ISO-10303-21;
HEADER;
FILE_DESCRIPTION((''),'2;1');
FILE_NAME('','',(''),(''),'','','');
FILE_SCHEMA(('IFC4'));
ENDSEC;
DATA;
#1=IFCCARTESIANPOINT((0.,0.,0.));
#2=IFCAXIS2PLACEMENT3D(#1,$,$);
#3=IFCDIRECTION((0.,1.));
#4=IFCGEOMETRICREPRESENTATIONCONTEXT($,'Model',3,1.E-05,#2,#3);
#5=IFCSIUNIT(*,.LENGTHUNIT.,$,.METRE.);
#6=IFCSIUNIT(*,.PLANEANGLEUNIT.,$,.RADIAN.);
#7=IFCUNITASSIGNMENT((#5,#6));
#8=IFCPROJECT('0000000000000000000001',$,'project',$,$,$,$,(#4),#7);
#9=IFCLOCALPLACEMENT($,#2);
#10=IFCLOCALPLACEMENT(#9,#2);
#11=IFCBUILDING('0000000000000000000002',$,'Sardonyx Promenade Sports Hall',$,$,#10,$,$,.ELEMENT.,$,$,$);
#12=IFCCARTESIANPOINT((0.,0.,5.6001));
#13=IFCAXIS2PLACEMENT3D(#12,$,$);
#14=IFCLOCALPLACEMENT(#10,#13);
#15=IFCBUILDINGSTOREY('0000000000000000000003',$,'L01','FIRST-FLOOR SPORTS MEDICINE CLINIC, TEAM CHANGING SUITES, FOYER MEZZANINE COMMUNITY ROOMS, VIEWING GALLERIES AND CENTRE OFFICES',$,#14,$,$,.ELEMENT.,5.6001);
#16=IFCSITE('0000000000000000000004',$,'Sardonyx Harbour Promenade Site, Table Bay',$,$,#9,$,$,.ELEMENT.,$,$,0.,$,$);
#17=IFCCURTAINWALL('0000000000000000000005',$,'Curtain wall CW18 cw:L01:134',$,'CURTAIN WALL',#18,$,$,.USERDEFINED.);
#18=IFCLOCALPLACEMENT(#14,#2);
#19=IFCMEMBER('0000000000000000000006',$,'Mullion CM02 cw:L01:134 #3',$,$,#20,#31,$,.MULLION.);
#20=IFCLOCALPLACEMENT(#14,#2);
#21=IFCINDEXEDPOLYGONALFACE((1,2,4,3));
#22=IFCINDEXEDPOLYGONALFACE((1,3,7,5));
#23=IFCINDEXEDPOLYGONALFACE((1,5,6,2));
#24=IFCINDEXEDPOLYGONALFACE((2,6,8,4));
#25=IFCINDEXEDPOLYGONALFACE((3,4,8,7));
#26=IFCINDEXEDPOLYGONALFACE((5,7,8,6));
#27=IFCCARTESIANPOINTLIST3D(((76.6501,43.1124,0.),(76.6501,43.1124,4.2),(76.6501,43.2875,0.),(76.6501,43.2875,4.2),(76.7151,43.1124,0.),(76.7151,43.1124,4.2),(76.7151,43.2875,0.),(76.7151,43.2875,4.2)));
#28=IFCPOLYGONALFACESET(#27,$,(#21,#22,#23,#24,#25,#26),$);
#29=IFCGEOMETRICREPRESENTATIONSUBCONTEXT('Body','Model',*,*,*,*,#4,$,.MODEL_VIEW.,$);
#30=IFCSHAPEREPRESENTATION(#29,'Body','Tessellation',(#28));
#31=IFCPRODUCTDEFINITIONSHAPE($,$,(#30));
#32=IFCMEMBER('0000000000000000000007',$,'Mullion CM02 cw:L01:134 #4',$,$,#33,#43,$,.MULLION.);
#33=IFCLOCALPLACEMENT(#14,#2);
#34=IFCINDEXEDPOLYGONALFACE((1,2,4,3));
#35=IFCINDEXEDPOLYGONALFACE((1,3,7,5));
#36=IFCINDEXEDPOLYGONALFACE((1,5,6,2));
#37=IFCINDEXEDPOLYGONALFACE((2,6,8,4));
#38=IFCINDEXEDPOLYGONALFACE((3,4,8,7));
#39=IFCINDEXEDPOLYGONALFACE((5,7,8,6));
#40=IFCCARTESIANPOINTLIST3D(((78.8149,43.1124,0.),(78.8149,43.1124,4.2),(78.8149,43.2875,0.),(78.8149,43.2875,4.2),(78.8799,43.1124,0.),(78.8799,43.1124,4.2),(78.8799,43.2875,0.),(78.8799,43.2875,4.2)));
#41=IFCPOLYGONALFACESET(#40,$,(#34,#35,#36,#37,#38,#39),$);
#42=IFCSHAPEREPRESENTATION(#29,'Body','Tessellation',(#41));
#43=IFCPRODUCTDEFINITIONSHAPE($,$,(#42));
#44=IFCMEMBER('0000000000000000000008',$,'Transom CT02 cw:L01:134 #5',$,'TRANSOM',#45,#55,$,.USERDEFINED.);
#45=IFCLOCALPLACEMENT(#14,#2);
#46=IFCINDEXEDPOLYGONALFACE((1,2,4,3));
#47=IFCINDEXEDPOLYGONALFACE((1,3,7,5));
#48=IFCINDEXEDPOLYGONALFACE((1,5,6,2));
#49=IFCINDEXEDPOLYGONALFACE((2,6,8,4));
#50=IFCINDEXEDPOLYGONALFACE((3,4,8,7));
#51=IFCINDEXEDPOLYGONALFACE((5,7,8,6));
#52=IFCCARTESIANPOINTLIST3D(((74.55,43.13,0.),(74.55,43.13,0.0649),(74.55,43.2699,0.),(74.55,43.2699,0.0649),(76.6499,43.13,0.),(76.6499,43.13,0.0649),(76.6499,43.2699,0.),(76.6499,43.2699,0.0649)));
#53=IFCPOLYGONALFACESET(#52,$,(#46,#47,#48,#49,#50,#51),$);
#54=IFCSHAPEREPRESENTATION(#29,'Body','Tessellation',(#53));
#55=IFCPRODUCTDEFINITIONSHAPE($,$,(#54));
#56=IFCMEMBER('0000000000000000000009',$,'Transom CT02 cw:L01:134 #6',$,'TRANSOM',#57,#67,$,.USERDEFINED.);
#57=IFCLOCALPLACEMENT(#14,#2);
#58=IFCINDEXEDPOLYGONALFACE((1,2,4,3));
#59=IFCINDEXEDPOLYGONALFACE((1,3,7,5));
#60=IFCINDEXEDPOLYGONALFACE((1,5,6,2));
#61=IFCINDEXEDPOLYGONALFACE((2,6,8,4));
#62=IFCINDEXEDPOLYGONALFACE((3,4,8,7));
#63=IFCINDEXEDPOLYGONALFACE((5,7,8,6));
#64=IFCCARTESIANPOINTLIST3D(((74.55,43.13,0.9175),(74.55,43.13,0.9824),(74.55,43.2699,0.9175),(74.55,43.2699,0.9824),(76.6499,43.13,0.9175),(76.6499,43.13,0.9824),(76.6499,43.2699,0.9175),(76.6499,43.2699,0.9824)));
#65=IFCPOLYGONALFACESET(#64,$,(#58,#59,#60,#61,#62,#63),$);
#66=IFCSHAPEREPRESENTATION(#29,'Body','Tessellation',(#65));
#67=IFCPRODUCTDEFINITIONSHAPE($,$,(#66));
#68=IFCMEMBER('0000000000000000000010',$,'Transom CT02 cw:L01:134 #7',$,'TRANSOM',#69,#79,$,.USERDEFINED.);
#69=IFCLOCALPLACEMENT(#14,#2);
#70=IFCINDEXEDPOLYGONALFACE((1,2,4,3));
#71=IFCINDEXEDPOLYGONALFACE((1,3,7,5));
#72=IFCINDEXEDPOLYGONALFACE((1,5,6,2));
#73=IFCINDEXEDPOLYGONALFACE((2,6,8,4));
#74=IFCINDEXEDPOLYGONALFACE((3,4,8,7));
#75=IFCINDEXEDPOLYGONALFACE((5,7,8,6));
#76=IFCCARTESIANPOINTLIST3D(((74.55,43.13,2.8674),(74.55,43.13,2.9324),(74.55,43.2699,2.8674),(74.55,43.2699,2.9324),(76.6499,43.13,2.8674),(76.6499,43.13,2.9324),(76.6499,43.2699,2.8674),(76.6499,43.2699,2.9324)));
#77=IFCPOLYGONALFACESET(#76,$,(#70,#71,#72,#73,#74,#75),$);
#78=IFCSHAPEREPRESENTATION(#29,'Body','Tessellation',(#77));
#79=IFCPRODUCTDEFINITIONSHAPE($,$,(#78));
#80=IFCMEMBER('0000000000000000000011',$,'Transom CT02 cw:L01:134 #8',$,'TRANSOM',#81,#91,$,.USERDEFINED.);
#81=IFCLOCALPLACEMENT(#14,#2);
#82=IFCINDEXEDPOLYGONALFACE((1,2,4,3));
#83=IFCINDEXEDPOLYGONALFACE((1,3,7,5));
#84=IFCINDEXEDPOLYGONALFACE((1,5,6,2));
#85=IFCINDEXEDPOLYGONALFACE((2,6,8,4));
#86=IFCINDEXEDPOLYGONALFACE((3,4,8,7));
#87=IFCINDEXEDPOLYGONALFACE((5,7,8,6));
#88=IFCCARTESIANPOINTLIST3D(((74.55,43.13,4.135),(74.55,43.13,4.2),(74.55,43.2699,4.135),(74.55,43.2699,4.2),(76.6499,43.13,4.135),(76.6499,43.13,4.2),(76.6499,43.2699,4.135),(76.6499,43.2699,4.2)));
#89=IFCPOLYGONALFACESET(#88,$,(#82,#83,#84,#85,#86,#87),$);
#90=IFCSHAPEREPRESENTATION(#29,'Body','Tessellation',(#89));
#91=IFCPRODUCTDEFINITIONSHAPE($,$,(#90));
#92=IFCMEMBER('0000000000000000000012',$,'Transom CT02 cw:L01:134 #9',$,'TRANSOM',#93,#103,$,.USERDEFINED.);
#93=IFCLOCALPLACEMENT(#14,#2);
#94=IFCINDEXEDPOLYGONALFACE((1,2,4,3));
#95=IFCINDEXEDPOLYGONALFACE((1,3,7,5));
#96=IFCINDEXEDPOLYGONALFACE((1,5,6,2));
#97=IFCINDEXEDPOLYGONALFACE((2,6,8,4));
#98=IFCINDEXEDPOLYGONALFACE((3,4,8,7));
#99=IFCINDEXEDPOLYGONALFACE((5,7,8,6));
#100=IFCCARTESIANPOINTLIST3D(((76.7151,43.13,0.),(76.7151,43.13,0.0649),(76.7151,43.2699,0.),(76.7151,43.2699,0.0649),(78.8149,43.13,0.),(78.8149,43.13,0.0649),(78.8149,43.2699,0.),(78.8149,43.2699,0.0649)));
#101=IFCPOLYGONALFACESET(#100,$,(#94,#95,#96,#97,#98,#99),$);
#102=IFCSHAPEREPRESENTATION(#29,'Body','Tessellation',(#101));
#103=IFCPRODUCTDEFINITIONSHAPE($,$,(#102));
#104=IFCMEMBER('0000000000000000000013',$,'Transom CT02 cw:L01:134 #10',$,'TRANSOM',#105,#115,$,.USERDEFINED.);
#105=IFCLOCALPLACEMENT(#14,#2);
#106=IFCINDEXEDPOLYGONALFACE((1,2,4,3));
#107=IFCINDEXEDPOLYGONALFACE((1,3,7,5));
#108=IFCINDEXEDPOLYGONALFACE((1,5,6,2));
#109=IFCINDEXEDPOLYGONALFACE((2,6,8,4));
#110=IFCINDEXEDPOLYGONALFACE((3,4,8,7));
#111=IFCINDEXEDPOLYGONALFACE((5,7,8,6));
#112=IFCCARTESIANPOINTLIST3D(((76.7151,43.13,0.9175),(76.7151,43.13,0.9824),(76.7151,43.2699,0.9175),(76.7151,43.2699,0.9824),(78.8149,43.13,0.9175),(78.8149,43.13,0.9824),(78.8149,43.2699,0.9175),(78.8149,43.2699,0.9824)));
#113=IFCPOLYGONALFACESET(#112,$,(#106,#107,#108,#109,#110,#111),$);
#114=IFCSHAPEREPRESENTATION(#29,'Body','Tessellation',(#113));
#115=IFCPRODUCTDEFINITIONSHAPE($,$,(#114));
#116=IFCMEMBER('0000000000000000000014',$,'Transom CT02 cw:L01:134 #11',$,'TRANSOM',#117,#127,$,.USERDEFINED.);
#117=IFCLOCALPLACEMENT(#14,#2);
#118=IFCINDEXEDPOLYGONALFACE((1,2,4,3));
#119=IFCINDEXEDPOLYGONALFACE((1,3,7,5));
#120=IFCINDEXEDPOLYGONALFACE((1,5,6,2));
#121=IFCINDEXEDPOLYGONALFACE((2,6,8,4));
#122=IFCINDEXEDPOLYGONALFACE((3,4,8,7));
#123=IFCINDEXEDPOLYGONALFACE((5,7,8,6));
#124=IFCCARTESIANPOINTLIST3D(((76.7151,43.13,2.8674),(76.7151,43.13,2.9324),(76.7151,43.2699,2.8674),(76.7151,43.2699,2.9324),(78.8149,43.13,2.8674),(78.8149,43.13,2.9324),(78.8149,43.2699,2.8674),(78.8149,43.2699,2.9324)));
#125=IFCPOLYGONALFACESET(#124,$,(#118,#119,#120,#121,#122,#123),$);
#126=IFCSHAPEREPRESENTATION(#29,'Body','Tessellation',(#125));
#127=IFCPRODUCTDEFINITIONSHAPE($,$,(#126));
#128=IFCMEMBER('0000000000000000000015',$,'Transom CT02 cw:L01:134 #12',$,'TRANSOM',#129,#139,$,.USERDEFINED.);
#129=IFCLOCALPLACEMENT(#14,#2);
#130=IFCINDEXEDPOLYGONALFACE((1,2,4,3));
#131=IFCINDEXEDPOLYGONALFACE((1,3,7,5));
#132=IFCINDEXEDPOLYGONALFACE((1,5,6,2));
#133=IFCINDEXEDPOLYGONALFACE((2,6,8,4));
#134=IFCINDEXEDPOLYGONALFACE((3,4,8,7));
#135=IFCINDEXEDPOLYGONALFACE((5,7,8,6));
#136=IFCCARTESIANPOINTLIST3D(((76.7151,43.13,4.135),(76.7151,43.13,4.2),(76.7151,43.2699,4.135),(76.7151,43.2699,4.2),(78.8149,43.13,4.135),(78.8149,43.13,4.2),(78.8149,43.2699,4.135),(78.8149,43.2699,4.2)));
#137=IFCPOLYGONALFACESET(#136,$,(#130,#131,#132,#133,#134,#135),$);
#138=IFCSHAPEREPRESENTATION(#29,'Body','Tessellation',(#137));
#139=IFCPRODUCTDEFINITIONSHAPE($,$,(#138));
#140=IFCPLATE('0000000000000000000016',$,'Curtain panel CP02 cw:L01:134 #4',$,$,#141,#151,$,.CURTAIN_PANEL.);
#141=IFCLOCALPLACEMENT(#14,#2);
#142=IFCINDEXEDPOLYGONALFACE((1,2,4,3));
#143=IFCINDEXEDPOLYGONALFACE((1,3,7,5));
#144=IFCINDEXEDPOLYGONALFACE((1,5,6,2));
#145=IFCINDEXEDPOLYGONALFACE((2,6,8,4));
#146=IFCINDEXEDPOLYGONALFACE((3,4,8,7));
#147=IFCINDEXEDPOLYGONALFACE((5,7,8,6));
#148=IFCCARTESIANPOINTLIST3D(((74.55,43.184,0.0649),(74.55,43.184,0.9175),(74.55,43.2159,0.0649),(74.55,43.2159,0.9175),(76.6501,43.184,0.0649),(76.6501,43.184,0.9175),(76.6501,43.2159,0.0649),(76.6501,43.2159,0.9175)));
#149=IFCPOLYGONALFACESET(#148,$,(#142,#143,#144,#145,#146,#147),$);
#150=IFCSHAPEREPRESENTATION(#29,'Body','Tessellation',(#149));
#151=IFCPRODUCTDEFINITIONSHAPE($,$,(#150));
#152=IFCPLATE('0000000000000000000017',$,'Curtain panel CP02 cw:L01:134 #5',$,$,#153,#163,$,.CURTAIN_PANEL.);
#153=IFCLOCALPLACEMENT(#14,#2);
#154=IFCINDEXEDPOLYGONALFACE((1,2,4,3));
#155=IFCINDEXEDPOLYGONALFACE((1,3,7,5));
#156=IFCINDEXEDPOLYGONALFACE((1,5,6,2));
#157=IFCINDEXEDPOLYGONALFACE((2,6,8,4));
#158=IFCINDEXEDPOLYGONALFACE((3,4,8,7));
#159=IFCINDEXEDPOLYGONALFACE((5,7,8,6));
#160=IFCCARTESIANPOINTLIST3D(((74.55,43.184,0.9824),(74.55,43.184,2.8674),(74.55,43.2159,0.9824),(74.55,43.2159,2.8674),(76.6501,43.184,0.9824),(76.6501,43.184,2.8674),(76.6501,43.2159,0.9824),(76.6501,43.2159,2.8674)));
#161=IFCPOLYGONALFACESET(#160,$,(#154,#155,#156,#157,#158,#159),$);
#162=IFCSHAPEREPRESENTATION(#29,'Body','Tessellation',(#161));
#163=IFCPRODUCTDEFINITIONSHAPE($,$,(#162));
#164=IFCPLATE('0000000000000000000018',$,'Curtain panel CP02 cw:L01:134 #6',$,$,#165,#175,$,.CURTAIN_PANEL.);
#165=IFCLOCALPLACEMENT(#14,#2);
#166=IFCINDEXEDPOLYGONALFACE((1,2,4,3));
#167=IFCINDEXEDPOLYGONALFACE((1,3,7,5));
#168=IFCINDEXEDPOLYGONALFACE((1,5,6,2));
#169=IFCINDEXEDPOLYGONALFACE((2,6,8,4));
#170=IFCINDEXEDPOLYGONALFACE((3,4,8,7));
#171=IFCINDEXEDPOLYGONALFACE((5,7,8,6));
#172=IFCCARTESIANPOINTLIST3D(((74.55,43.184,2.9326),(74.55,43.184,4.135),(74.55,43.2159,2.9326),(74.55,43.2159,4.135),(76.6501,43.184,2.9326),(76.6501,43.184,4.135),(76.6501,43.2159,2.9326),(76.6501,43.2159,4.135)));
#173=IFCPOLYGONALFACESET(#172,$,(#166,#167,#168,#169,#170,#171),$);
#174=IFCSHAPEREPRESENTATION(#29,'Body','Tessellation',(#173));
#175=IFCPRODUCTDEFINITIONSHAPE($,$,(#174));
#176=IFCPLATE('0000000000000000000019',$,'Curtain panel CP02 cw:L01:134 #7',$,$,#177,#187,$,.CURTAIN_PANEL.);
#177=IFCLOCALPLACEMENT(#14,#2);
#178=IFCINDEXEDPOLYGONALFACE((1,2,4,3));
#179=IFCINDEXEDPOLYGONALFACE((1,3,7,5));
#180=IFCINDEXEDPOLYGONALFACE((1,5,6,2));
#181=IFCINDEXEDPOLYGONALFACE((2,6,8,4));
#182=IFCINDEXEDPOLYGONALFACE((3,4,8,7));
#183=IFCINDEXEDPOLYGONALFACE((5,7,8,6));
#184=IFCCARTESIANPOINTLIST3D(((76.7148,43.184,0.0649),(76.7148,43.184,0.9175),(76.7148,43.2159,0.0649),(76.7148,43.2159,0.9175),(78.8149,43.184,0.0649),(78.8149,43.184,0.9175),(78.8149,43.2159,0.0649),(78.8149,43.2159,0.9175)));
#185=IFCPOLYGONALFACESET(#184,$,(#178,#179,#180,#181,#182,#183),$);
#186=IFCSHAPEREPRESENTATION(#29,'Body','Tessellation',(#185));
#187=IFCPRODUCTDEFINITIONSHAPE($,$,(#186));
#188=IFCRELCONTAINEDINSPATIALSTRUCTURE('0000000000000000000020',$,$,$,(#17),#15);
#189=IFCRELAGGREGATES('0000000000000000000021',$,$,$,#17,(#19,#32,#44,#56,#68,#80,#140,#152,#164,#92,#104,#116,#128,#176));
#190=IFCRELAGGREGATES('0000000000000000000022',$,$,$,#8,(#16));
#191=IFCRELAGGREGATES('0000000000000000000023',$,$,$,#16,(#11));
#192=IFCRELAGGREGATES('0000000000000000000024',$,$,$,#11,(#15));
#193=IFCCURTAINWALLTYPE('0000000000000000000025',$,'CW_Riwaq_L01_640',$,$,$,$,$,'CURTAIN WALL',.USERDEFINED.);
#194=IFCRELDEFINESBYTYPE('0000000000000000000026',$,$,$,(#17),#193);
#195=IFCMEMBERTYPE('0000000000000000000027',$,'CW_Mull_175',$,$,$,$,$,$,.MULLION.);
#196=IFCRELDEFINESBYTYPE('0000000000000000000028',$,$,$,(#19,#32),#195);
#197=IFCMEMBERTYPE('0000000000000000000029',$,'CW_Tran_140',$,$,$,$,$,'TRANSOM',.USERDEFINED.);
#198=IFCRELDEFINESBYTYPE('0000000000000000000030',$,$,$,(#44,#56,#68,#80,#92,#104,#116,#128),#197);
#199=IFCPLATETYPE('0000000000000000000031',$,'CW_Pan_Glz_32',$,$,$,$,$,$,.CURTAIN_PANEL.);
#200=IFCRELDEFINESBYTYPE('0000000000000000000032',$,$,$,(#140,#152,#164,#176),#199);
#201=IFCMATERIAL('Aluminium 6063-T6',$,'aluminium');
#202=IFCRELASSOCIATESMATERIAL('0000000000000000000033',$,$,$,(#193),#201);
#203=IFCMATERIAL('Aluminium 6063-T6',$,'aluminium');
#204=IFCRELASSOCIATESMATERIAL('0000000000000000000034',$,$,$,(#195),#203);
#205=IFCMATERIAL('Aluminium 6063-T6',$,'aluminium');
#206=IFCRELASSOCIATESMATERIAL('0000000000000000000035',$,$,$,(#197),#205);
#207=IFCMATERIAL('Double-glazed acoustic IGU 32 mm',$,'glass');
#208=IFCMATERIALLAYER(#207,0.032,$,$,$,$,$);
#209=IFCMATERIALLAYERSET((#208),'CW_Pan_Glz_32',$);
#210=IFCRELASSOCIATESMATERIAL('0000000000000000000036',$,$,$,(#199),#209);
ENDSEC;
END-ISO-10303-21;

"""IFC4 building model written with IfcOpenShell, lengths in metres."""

from ifc_helpers import new_model, si_unit, direction, frame, origin, origin_2d, place, context, subcontext, project, spatial, rectangle, extrude, material, layer, layer_set, material_profile, profile_set, type_object, element, aggregate, save


model = new_model("IFC4")

# Units and contexts
model_context = context("Model", 3, precision=1e-05, world=origin(), true_north=direction((0.0, 1.0)))
body_context = subcontext(model_context, "Body", "Model", "MODEL_VIEW")
ifc_project = project(units=[si_unit("LENGTHUNIT", "METRE"), si_unit("PLANEANGLEUNIT", "RADIAN")], contexts=[model_context])

# Site, building, storey
site_placement = place(None, origin())
site = spatial("IfcSite", under=ifc_project, at=site_placement, Name="Sardonyx Harbour Promenade Site, Table Bay", CompositionType="ELEMENT", RefElevation=0.0)
building_placement = place(site_placement, origin())
building = spatial("IfcBuilding", under=site, at=building_placement, Name="Sardonyx Promenade Sports Hall", CompositionType="ELEMENT")
storey_placement = place(building_placement, frame((0.0, 0.0, 5.6001)))
storey = spatial("IfcBuildingStorey", under=building, at=storey_placement, Name="L01", Description="FIRST-FLOOR SPORTS MEDICINE CLINIC, TEAM CHANGING SUITES, FOYER MEZZANINE COMMUNITY ROOMS, VIEWING GALLERIES AND CENTRE OFFICES", CompositionType="ELEMENT", Elevation=5.6001)

# Curtain wall, members, plates
ifc_material_1 = material(Name="Aluminium 6063-T6", Category="aluminium")
curtain_wall_type = type_object("IfcCurtainWallType", Name="CW_Riwaq_L01_640", ElementType="CURTAIN WALL", PredefinedType="USERDEFINED", material=ifc_material_1)
curtain_wall_placement = place(storey_placement, origin())
curtain_wall = element("IfcCurtainWall", 1, at=curtain_wall_placement, inside=storey, type_object=curtain_wall_type, Name="Curtain wall CW18 cw:L01:134", ObjectType="CURTAIN WALL", PredefinedType="USERDEFINED")
ifc_material_2 = material(Name="Aluminium 6063-T6", Category="aluminium")
ifc_material_profile_1 = material_profile(ifc_material_2, rectangle(XDim=0.0649, YDim=0.175, at=origin_2d()))
ifc_profile_set_1 = profile_set([ifc_material_profile_1], Name="Aluminium 6063-T6")
member_type_1 = type_object("IfcMemberType", Name="CW_Mull_175", PredefinedType="MULLION", material=ifc_profile_set_1)
member_1_placement = place(storey_placement, frame((76.6826, 43.2, 0.0), z_axis=(0.0, 0.0, 1.0), x_axis=(1.0, 0.0, 0.0)))
member_1 = element("IfcMember", 2, at=member_1_placement, type_object=member_type_1, Name="Mullion CM02 cw:L01:134 #3", PredefinedType="MULLION", context=body_context, shape_type="SweptSolid", body=[
    extrude(rectangle(XDim=0.0649, YDim=0.175, at=origin_2d()), origin(), (0.0, 0.0, 1.0), 4.2),
])
member_2_placement = place(storey_placement, frame((78.8474, 43.2, 0.0), z_axis=(0.0, 0.0, 1.0), x_axis=(1.0, 0.0, 0.0)))
member_2 = element("IfcMember", 3, at=member_2_placement, type_object=member_type_1, Name="Mullion CM02 cw:L01:134 #4", PredefinedType="MULLION", context=body_context, shape_type="SweptSolid", body=[
    extrude(rectangle(XDim=0.0649, YDim=0.175, at=origin_2d()), origin(), (0.0, 0.0, 1.0), 4.2),
])
ifc_material_3 = material(Name="Aluminium 6063-T6", Category="aluminium")
ifc_material_profile_2 = material_profile(ifc_material_3, rectangle(XDim=0.0649, YDim=0.1399, at=origin_2d()))
ifc_profile_set_2 = profile_set([ifc_material_profile_2], Name="Aluminium 6063-T6")
member_type_2 = type_object("IfcMemberType", Name="CW_Tran_140", ElementType="TRANSOM", PredefinedType="USERDEFINED", material=ifc_profile_set_2)
member_3_placement = place(storey_placement, frame((74.55, 43.2, 0.0325), z_axis=(1.0, 0.0, 0.0), x_axis=(0.0, 0.0, 1.0)))
member_3 = element("IfcMember", 4, at=member_3_placement, type_object=member_type_2, Name="Transom CT02 cw:L01:134 #5", ObjectType="TRANSOM", PredefinedType="USERDEFINED", context=body_context, shape_type="SweptSolid", body=[
    extrude(rectangle(XDim=0.0649, YDim=0.1399, at=origin_2d()), origin(), (0.0, 0.0, 1.0), 2.0999),
])
member_4_placement = place(storey_placement, frame((74.55, 43.2, 0.95), z_axis=(1.0, 0.0, 0.0), x_axis=(0.0, 0.0, 1.0)))
member_4 = element("IfcMember", 5, at=member_4_placement, type_object=member_type_2, Name="Transom CT02 cw:L01:134 #6", ObjectType="TRANSOM", PredefinedType="USERDEFINED", context=body_context, shape_type="SweptSolid", body=[
    extrude(rectangle(XDim=0.0649, YDim=0.1399, at=origin_2d()), origin(), (0.0, 0.0, 1.0), 2.0999),
])
member_5_placement = place(storey_placement, frame((74.55, 43.2, 2.8999), z_axis=(1.0, 0.0, 0.0), x_axis=(0.0, 0.0, 1.0)))
member_5 = element("IfcMember", 6, at=member_5_placement, type_object=member_type_2, Name="Transom CT02 cw:L01:134 #7", ObjectType="TRANSOM", PredefinedType="USERDEFINED", context=body_context, shape_type="SweptSolid", body=[
    extrude(rectangle(XDim=0.0649, YDim=0.1399, at=origin_2d()), origin(), (0.0, 0.0, 1.0), 2.0999),
])
member_6_placement = place(storey_placement, frame((74.55, 43.2, 4.1675), z_axis=(1.0, 0.0, 0.0), x_axis=(0.0, 0.0, 1.0)))
member_6 = element("IfcMember", 7, at=member_6_placement, type_object=member_type_2, Name="Transom CT02 cw:L01:134 #8", ObjectType="TRANSOM", PredefinedType="USERDEFINED", context=body_context, shape_type="SweptSolid", body=[
    extrude(rectangle(XDim=0.0649, YDim=0.1399, at=origin_2d()), origin(), (0.0, 0.0, 1.0), 2.0999),
])
member_7_placement = place(storey_placement, frame((76.7151, 43.2, 0.0325), z_axis=(1.0, 0.0, 0.0), x_axis=(0.0, 0.0, 1.0)))
member_7 = element("IfcMember", 8, at=member_7_placement, type_object=member_type_2, Name="Transom CT02 cw:L01:134 #9", ObjectType="TRANSOM", PredefinedType="USERDEFINED", context=body_context, shape_type="SweptSolid", body=[
    extrude(rectangle(XDim=0.0649, YDim=0.1399, at=origin_2d()), origin(), (0.0, 0.0, 1.0), 2.0999),
])
member_8_placement = place(storey_placement, frame((76.7151, 43.2, 0.95), z_axis=(1.0, 0.0, 0.0), x_axis=(0.0, 0.0, 1.0)))
member_8 = element("IfcMember", 9, at=member_8_placement, type_object=member_type_2, Name="Transom CT02 cw:L01:134 #10", ObjectType="TRANSOM", PredefinedType="USERDEFINED", context=body_context, shape_type="SweptSolid", body=[
    extrude(rectangle(XDim=0.0649, YDim=0.1399, at=origin_2d()), origin(), (0.0, 0.0, 1.0), 2.0999),
])
member_9_placement = place(storey_placement, frame((76.7151, 43.2, 2.8999), z_axis=(1.0, 0.0, 0.0), x_axis=(0.0, 0.0, 1.0)))
member_9 = element("IfcMember", 10, at=member_9_placement, type_object=member_type_2, Name="Transom CT02 cw:L01:134 #11", ObjectType="TRANSOM", PredefinedType="USERDEFINED", context=body_context, shape_type="SweptSolid", body=[
    extrude(rectangle(XDim=0.0649, YDim=0.1399, at=origin_2d()), origin(), (0.0, 0.0, 1.0), 2.0999),
])
member_10_placement = place(storey_placement, frame((76.7151, 43.2, 4.1675), z_axis=(1.0, 0.0, 0.0), x_axis=(0.0, 0.0, 1.0)))
member_10 = element("IfcMember", 11, at=member_10_placement, type_object=member_type_2, Name="Transom CT02 cw:L01:134 #12", ObjectType="TRANSOM", PredefinedType="USERDEFINED", context=body_context, shape_type="SweptSolid", body=[
    extrude(rectangle(XDim=0.0649, YDim=0.1399, at=origin_2d()), origin(), (0.0, 0.0, 1.0), 2.0999),
])
ifc_material_4 = material(Name="Double-glazed acoustic IGU 32 mm", Category="glass")
ifc_layer_1 = layer(ifc_material_4, 0.032)
ifc_layer_set_1 = layer_set([ifc_layer_1], Name="CW_Pan_Glz_32")
plate_type = type_object("IfcPlateType", Name="CW_Pan_Glz_32", PredefinedType="CURTAIN_PANEL", material=ifc_layer_set_1)
plate_1_placement = place(storey_placement, frame((75.6001, 43.2, 0.0649), z_axis=(0.0, 0.0, 1.0), x_axis=(1.0, 0.0, 0.0)))
plate_1 = element("IfcPlate", 12, at=plate_1_placement, type_object=plate_type, Name="Curtain panel CP02 cw:L01:134 #4", PredefinedType="CURTAIN_PANEL", context=body_context, shape_type="SweptSolid", body=[
    extrude(rectangle(XDim=2.1001, YDim=0.032, at=origin_2d()), origin(), (0.0, 0.0, 1.0), 0.8525),
])
plate_2_placement = place(storey_placement, frame((75.6001, 43.2, 0.9824), z_axis=(0.0, 0.0, 1.0), x_axis=(1.0, 0.0, 0.0)))
plate_2 = element("IfcPlate", 13, at=plate_2_placement, type_object=plate_type, Name="Curtain panel CP02 cw:L01:134 #5", PredefinedType="CURTAIN_PANEL", context=body_context, shape_type="SweptSolid", body=[
    extrude(rectangle(XDim=2.1001, YDim=0.032, at=origin_2d()), origin(), (0.0, 0.0, 1.0), 1.885),
])
plate_3_placement = place(storey_placement, frame((75.6001, 43.2, 2.9326), z_axis=(0.0, 0.0, 1.0), x_axis=(1.0, 0.0, 0.0)))
plate_3 = element("IfcPlate", 14, at=plate_3_placement, type_object=plate_type, Name="Curtain panel CP02 cw:L01:134 #6", PredefinedType="CURTAIN_PANEL", context=body_context, shape_type="SweptSolid", body=[
    extrude(rectangle(XDim=2.1001, YDim=0.032, at=origin_2d()), origin(), (0.0, 0.0, 1.0), 1.2024),
])
plate_4_placement = place(storey_placement, frame((77.7649, 43.2, 0.0649), z_axis=(0.0, 0.0, 1.0), x_axis=(1.0, 0.0, 0.0)))
plate_4 = element("IfcPlate", 15, at=plate_4_placement, type_object=plate_type, Name="Curtain panel CP02 cw:L01:134 #7", PredefinedType="CURTAIN_PANEL", context=body_context, shape_type="SweptSolid", body=[
    extrude(rectangle(XDim=2.1001, YDim=0.032, at=origin_2d()), origin(), (0.0, 0.0, 1.0), 0.8525),
])
aggregate(curtain_wall, [member_1, member_2, member_3, member_4, member_5, member_6, plate_1, plate_2, plate_3, member_7, member_8, member_9, member_10, plate_4])

save(model, "model.ifc")
